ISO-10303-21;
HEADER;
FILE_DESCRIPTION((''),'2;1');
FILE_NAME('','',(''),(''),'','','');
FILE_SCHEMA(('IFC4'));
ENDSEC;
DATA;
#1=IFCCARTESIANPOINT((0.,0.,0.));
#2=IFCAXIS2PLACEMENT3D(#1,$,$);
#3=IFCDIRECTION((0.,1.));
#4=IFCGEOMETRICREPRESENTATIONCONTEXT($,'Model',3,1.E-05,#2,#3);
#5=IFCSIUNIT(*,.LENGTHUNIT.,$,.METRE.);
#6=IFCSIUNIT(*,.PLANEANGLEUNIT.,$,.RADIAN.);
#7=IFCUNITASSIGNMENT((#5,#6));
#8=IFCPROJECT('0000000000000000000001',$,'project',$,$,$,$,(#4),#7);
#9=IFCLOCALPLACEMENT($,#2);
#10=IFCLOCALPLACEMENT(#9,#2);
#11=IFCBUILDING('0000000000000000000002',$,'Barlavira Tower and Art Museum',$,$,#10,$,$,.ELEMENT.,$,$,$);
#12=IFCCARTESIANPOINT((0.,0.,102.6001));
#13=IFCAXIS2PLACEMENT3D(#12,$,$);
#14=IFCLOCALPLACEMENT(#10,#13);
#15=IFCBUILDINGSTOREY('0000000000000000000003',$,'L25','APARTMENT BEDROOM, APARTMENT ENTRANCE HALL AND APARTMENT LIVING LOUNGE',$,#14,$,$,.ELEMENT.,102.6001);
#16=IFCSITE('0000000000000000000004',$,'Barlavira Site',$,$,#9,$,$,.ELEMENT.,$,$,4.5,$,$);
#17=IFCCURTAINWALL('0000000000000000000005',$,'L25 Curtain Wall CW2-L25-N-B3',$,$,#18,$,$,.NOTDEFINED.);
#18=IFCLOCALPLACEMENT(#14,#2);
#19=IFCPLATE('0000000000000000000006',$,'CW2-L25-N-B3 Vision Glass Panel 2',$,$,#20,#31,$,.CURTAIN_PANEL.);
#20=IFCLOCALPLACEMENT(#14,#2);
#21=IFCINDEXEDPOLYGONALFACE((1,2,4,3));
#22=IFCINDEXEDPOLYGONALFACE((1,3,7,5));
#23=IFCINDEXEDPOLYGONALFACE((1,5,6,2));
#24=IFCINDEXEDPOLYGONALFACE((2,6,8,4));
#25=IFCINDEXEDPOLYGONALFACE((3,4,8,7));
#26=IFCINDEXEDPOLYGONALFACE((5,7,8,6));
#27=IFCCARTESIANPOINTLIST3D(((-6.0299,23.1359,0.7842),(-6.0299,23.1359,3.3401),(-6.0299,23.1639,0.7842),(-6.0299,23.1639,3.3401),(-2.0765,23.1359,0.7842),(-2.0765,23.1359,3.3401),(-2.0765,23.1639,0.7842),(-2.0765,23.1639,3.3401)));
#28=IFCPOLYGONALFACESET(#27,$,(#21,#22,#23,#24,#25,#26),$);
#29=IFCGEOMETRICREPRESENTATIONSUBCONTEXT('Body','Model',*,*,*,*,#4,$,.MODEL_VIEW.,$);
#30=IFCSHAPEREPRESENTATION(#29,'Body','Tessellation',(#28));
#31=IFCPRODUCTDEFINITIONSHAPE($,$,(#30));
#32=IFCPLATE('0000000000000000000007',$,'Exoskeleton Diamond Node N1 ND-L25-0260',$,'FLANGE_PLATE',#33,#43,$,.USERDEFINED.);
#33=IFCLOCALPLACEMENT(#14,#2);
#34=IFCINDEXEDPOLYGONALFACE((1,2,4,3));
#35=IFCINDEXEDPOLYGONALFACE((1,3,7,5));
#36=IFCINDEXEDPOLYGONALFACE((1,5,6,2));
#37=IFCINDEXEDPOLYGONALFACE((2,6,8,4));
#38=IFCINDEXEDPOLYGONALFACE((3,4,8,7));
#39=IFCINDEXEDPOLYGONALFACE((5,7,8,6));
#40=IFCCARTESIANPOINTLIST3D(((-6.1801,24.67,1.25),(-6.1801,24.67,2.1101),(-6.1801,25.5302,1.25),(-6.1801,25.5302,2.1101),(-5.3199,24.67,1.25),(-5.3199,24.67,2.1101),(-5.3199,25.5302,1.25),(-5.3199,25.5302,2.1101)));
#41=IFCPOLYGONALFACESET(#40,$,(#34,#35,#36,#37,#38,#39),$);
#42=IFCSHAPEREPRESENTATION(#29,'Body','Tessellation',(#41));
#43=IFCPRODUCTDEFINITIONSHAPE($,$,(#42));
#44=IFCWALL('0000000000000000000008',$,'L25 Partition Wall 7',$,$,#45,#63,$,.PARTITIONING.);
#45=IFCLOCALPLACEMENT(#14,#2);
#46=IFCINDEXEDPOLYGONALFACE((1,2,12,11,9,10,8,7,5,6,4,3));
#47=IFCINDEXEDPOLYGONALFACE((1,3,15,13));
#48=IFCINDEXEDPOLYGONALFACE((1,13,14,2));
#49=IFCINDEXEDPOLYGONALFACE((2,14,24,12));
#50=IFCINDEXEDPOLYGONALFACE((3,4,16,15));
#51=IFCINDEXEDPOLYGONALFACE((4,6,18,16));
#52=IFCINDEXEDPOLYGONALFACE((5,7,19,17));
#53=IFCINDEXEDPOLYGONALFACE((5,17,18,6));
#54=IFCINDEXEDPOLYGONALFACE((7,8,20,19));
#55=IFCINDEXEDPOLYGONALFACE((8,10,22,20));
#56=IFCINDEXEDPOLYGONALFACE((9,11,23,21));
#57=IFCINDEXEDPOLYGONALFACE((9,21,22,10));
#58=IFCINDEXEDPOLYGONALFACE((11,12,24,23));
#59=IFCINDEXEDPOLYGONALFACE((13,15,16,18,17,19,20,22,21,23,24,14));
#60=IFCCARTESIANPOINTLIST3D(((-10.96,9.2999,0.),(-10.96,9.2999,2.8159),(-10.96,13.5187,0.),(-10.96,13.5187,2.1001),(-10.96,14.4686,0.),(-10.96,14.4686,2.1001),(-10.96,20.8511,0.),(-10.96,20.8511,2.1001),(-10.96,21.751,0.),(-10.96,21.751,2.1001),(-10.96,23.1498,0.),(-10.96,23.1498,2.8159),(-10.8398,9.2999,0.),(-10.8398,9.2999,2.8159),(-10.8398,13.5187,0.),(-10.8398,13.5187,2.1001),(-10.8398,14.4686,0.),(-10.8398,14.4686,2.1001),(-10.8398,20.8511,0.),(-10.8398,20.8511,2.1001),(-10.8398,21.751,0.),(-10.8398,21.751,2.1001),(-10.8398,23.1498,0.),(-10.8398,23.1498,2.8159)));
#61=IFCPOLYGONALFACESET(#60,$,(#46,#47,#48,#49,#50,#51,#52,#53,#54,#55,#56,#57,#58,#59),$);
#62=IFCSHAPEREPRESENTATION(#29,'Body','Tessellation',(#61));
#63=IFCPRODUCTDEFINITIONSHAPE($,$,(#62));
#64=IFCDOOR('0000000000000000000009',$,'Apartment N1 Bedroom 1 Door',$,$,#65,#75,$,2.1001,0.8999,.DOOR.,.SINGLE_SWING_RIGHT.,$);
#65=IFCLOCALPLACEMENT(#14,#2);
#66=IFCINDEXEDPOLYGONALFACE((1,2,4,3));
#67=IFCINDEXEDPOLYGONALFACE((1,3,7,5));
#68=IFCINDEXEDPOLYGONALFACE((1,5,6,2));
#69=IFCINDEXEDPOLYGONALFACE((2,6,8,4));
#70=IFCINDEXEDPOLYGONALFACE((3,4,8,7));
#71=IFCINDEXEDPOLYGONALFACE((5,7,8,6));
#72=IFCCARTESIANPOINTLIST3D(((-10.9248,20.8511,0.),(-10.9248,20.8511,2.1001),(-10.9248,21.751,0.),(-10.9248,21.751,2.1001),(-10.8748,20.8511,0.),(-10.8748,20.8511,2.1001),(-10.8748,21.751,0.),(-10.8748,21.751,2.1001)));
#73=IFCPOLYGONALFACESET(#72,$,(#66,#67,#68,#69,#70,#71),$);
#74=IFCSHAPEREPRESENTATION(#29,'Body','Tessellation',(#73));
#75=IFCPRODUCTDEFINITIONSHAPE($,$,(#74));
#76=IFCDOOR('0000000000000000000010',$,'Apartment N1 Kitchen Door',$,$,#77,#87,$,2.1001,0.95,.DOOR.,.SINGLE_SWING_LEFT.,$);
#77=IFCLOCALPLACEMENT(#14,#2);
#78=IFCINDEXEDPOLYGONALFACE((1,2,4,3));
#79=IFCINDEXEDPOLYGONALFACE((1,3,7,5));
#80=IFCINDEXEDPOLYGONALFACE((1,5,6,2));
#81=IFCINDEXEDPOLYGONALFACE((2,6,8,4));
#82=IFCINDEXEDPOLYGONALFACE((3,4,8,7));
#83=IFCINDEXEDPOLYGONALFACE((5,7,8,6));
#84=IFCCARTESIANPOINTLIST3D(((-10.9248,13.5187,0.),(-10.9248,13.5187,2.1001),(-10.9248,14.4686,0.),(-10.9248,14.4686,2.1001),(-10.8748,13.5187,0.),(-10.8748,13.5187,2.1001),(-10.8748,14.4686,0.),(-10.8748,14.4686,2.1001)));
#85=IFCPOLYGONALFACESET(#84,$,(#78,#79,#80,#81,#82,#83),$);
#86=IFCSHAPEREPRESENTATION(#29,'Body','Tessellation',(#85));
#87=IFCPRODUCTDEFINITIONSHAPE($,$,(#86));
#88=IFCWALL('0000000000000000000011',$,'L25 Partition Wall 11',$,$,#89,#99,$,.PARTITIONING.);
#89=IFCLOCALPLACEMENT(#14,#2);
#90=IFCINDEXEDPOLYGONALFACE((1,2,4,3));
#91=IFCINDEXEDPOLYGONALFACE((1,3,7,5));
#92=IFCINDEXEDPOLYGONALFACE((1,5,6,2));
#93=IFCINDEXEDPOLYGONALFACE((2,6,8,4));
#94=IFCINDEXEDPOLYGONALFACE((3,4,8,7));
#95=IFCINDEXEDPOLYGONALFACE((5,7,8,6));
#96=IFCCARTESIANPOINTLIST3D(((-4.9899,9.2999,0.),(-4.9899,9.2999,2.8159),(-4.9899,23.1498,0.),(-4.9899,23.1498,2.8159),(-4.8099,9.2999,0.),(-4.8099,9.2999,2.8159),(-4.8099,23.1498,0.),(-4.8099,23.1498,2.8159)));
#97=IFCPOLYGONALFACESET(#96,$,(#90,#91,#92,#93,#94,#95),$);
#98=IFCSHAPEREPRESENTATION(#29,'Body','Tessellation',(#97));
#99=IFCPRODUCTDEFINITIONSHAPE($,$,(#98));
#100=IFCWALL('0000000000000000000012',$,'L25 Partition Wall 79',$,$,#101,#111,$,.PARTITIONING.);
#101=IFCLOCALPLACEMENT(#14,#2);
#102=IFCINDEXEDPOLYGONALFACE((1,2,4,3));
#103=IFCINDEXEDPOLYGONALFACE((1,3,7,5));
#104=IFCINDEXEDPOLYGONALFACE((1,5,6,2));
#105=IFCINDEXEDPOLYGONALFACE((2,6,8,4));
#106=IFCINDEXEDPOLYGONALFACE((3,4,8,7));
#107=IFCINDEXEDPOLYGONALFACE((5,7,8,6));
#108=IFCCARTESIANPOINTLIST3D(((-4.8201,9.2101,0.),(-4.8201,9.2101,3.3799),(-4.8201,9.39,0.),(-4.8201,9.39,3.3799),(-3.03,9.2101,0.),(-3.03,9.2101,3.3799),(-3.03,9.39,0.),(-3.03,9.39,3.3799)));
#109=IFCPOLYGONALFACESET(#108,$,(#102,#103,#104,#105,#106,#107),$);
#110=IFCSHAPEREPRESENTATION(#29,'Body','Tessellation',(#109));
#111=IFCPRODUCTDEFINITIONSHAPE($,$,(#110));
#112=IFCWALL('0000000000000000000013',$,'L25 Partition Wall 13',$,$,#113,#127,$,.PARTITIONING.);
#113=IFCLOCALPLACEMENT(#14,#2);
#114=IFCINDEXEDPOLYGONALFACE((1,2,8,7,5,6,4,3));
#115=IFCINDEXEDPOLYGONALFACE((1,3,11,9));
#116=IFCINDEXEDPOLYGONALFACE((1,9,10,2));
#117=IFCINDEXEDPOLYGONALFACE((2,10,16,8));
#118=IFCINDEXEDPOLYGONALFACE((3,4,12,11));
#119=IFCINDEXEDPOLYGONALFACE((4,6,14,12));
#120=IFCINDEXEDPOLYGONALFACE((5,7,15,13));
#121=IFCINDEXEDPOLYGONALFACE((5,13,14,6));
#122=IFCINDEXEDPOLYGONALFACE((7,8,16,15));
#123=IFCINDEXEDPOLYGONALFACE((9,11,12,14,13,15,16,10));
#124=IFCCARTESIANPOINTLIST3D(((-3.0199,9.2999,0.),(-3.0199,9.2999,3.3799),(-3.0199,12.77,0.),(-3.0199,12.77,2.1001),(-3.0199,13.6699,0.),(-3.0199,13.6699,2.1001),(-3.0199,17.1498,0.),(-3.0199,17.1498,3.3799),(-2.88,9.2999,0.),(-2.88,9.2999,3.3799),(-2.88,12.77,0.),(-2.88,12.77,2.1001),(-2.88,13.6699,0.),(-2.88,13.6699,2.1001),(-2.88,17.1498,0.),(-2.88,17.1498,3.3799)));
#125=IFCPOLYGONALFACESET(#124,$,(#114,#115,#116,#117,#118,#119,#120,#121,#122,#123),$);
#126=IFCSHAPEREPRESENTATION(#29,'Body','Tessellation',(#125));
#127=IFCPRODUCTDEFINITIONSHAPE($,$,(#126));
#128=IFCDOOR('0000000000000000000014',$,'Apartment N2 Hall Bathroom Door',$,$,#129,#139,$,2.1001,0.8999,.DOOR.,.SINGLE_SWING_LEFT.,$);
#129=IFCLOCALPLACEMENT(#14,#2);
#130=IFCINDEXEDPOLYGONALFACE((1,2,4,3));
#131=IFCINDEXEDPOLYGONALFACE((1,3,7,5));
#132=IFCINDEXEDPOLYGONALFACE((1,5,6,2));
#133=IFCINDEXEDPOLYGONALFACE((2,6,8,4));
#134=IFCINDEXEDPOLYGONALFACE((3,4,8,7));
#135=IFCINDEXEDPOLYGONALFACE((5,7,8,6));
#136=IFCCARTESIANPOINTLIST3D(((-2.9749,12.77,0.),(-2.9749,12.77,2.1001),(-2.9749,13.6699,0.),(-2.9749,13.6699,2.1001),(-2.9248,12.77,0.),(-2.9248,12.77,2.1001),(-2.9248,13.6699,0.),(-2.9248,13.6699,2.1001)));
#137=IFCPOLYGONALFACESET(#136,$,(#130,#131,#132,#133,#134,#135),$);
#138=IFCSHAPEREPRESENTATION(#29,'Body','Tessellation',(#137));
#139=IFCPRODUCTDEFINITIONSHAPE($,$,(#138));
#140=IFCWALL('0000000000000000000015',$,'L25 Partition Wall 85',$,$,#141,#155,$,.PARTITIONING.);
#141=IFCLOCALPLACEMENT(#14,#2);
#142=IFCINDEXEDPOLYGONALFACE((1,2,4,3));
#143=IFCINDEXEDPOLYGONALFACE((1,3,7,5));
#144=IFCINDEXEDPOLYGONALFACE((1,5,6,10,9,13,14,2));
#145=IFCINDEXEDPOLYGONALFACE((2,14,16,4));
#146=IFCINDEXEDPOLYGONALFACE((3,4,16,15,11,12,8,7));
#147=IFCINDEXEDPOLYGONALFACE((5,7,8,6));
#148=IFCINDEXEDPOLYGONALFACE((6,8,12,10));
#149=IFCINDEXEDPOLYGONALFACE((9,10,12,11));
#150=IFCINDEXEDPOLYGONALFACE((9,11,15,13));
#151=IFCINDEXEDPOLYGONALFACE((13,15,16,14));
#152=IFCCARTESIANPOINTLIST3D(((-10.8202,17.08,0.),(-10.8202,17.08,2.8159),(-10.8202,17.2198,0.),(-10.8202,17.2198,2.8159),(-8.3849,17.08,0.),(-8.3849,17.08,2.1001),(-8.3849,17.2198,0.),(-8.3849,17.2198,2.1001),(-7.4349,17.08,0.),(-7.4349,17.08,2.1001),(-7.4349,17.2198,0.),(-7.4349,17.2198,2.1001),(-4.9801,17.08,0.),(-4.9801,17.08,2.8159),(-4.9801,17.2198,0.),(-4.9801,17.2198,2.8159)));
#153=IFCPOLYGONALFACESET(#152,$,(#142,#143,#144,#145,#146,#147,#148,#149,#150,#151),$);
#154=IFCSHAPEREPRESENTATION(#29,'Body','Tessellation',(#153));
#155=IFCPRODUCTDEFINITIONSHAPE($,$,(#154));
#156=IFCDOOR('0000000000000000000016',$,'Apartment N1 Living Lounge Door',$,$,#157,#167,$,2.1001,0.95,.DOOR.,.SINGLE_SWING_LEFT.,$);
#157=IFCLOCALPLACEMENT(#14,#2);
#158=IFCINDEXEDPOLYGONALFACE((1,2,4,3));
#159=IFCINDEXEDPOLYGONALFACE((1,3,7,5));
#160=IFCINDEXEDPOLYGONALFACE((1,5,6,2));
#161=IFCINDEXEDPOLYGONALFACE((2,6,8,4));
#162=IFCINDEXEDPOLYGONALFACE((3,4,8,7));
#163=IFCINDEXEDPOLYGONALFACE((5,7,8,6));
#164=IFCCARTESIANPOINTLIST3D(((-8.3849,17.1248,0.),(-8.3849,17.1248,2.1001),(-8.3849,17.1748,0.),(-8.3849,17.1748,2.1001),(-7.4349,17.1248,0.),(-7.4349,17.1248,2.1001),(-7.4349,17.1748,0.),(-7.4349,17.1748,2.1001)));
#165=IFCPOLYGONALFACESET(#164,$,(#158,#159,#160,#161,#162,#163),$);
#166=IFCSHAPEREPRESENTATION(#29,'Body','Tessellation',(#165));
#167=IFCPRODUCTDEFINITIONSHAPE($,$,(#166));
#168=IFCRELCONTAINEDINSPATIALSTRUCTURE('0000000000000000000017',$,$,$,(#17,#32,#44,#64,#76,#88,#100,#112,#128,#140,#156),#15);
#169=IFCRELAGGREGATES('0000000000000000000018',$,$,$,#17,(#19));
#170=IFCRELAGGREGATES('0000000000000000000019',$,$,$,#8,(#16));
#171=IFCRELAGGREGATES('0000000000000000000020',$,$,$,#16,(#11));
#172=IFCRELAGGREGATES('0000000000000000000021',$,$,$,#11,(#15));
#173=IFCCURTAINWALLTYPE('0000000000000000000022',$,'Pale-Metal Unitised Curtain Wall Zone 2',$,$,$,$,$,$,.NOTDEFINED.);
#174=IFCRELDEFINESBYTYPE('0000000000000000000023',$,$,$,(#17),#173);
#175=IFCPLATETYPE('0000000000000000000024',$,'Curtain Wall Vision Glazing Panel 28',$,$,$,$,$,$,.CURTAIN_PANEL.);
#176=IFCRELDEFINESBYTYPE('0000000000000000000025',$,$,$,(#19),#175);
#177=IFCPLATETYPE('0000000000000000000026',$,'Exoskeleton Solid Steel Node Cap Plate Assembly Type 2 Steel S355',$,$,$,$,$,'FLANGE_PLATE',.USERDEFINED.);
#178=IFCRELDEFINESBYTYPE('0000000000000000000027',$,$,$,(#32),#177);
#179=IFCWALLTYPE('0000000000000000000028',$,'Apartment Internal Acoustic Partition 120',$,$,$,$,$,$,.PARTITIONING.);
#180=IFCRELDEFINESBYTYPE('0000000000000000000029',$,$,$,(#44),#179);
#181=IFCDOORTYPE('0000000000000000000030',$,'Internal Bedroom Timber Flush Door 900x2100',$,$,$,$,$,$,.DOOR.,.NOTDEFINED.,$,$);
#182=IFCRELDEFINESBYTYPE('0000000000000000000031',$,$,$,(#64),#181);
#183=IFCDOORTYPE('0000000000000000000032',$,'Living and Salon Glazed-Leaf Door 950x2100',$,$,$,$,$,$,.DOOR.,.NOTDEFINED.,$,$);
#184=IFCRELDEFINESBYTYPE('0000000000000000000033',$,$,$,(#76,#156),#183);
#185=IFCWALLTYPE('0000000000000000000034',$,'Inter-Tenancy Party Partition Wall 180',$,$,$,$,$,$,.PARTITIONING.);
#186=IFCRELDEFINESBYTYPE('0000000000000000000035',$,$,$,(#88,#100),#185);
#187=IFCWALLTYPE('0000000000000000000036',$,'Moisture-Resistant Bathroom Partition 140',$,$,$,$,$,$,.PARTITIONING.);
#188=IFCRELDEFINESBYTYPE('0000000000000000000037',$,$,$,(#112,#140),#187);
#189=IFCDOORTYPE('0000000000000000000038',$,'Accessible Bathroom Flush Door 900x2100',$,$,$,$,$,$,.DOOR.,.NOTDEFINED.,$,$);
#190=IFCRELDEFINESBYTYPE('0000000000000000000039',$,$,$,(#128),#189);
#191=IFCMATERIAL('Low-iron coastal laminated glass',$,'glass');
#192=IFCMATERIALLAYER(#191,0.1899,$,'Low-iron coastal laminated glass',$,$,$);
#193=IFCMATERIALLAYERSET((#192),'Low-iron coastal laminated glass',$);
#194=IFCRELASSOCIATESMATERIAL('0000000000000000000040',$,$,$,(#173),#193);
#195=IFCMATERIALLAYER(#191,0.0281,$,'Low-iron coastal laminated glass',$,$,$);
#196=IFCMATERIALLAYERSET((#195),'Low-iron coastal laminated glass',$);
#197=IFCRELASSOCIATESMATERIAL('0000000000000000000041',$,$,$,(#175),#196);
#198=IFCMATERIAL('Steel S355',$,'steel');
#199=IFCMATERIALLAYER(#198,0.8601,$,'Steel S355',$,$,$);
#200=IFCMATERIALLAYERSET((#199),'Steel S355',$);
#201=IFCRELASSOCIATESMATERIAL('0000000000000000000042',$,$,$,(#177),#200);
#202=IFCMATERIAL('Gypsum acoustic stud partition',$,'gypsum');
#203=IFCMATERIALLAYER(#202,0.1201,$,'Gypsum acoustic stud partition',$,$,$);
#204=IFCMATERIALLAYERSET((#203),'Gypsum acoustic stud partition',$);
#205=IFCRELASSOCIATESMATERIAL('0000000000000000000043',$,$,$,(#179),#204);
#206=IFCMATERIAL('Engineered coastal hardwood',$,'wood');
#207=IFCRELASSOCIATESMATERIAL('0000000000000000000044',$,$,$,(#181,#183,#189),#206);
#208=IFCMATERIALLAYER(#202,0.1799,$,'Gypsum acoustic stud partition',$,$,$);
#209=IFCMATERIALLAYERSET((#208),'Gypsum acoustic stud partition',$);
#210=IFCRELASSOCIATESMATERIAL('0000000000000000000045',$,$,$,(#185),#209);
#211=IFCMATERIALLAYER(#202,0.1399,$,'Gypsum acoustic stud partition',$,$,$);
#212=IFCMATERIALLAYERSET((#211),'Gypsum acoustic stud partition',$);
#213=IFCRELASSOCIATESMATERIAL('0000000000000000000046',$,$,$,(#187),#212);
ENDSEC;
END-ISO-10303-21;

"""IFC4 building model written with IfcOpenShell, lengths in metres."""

from ifc_helpers import new_model, si_unit, direction, frame, frame_2d, origin, origin_2d, place, context, subcontext, project, spatial, rectangle, extrude, material, layer, layer_set, type_object, element, fill, aggregate, save


model = new_model("IFC4")

# Units and contexts
model_context = context("Model", 3, precision=1e-05, world=origin(), true_north=direction((0.0, 1.0)))
body_context = subcontext(model_context, "Body", "Model", "MODEL_VIEW")
ifc_project = project(units=[si_unit("LENGTHUNIT", "METRE"), si_unit("PLANEANGLEUNIT", "RADIAN")], contexts=[model_context])

# Site, building, storey
site_placement = place(None, origin())
site = spatial("IfcSite", under=ifc_project, at=site_placement, Name="Barlavira Site", CompositionType="ELEMENT", RefElevation=4.5)
building_placement = place(site_placement, origin())
building = spatial("IfcBuilding", under=site, at=building_placement, Name="Barlavira Tower and Art Museum", CompositionType="ELEMENT")
storey_placement = place(building_placement, frame((0.0, 0.0, 102.6001)))
storey = spatial("IfcBuildingStorey", under=building, at=storey_placement, Name="L25", Description="APARTMENT BEDROOM, APARTMENT ENTRANCE HALL AND APARTMENT LIVING LOUNGE", CompositionType="ELEMENT", Elevation=102.6001)

# Curtain wall
ifc_material_1 = material(Name="Low-iron coastal laminated glass", Category="glass")
ifc_layer_1 = layer(ifc_material_1, 0.1899, Name="Low-iron coastal laminated glass")
ifc_layer_set_1 = layer_set([ifc_layer_1], Name="Low-iron coastal laminated glass")
curtain_wall_type = type_object("IfcCurtainWallType", Name="Pale-Metal Unitised Curtain Wall Zone 2", PredefinedType="NOTDEFINED", material=ifc_layer_set_1)
curtain_wall_placement = place(storey_placement, origin())
curtain_wall = element("IfcCurtainWall", 1, at=curtain_wall_placement, inside=storey, type_object=curtain_wall_type, Name="L25 Curtain Wall CW2-L25-N-B3", PredefinedType="NOTDEFINED")

# Shared definitions
ifc_material_2 = material(Name="Steel S355", Category="steel")

# Plates
ifc_layer_2 = layer(ifc_material_1, 0.0281, Name="Low-iron coastal laminated glass")
ifc_layer_set_2 = layer_set([ifc_layer_2], Name="Low-iron coastal laminated glass")
plate_type_1 = type_object("IfcPlateType", Name="Curtain Wall Vision Glazing Panel 28", PredefinedType="CURTAIN_PANEL", material=ifc_layer_set_2)
plate_1_placement = place(storey_placement, frame((-4.0532, 23.1499, 0.7842), z_axis=(0.0, 0.0, 1.0), x_axis=(-1.0, 0.0, 0.0)))
plate_1 = element("IfcPlate", 2, at=plate_1_placement, type_object=plate_type_1, Name="CW2-L25-N-B3 Vision Glass Panel 2", PredefinedType="CURTAIN_PANEL", context=body_context, shape_type="SweptSolid", body=[
    extrude(rectangle(XDim=3.9534, YDim=0.0281, at=origin_2d()), origin(), (0.0, 0.0, 1.0), 2.5559),
])
aggregate(curtain_wall, [plate_1])
ifc_layer_3 = layer(ifc_material_2, 0.8601, Name="Steel S355")
ifc_layer_set_3 = layer_set([ifc_layer_3], Name="Steel S355")
plate_type_2 = type_object("IfcPlateType", Name="Exoskeleton Solid Steel Node Cap Plate Assembly Type 2 Steel S355", ElementType="FLANGE_PLATE", PredefinedType="USERDEFINED", material=ifc_layer_set_3)
plate_2_placement = place(storey_placement, frame((-5.75, 25.1001, 1.25), z_axis=(0.0, 0.0, 1.0), x_axis=(1.0, 0.0, 0.0)))
element("IfcPlate", 3, at=plate_2_placement, inside=storey, type_object=plate_type_2, Name="Exoskeleton Diamond Node N1 ND-L25-0260", ObjectType="FLANGE_PLATE", PredefinedType="USERDEFINED", context=body_context, shape_type="SweptSolid", body=[
    extrude(rectangle(XDim=0.8601, YDim=0.8601, at=origin_2d()), origin(), (0.0, 0.0, 1.0), 0.8601),
])

# Wall, openings, doors
ifc_material_3 = material(Name="Gypsum acoustic stud partition", Category="gypsum")
ifc_layer_4 = layer(ifc_material_3, 0.1201, Name="Gypsum acoustic stud partition")
ifc_layer_set_4 = layer_set([ifc_layer_4], Name="Gypsum acoustic stud partition")
wall_type_1 = type_object("IfcWallType", Name="Apartment Internal Acoustic Partition 120", PredefinedType="PARTITIONING", material=ifc_layer_set_4)
wall_1_placement = place(storey_placement, frame((-10.8999, 9.3, 0.0), z_axis=(0.0, 0.0, 1.0), x_axis=(0.0, 1.0, 0.0)))
wall_1 = element("IfcWall", 4, at=wall_1_placement, inside=storey, type_object=wall_type_1, Name="L25 Partition Wall 7", PredefinedType="PARTITIONING", context=body_context, shape_type="SweptSolid", body=[
    extrude(rectangle(XDim=13.8499, YDim=0.1201, at=frame_2d((6.9248, 0.0))), origin(), (0.0, 0.0, 1.0), 2.8159),
])
opening_1_placement = place(wall_1_placement, frame((4.2185, 0.0, 0.0)))
opening_1 = element("IfcOpeningElement", 5, at=opening_1_placement, cuts=wall_1, PredefinedType="OPENING", context=body_context, shape_type="SweptSolid", body=[
    extrude(rectangle(XDim=0.95, YDim=2.1001, at=frame_2d((0.4751, 1.05))), frame((0.0, 0.0701, 0.0), z_axis=(0.0, -1.0, 0.0), x_axis=(1.0, 0.0, 0.0)), (0.0, 0.0, 1.0), 0.1401),
])
opening_2_placement = place(wall_1_placement, frame((11.551, 0.0, 0.0)))
opening_2 = element("IfcOpeningElement", 6, at=opening_2_placement, cuts=wall_1, PredefinedType="OPENING", context=body_context, shape_type="SweptSolid", body=[
    extrude(rectangle(XDim=0.8999, YDim=2.1001, at=frame_2d((0.45, 1.05))), frame((0.0, 0.0701, 0.0), z_axis=(0.0, -1.0, 0.0), x_axis=(1.0, 0.0, 0.0)), (0.0, 0.0, 1.0), 0.1401),
])
ifc_material_4 = material(Name="Engineered coastal hardwood", Category="wood")
door_type_1 = type_object("IfcDoorType", Name="Internal Bedroom Timber Flush Door 900x2100", OperationType="NOTDEFINED", PredefinedType="DOOR", material=ifc_material_4)
door_1_placement = place(opening_2_placement, origin())
door_1 = element("IfcDoor", 7, at=door_1_placement, inside=storey, type_object=door_type_1, Name="Apartment N1 Bedroom 1 Door", OperationType="SINGLE_SWING_RIGHT", OverallHeight=2.1001, OverallWidth=0.8999, PredefinedType="DOOR", context=body_context, shape_type="SweptSolid", body=[
    extrude(rectangle(XDim=0.8999, YDim=2.1001, at=frame_2d((0.45, 1.05))), frame((0.0, 0.0249, 0.0), z_axis=(0.0, -1.0, 0.0), x_axis=(1.0, 0.0, 0.0)), (0.0, 0.0, 1.0), 0.05),
])
fill(opening_2, door_1)
door_type_2 = type_object("IfcDoorType", Name="Living and Salon Glazed-Leaf Door 950x2100", OperationType="NOTDEFINED", PredefinedType="DOOR", material=ifc_material_4)
door_2_placement = place(opening_1_placement, origin())
door_2 = element("IfcDoor", 8, at=door_2_placement, inside=storey, type_object=door_type_2, Name="Apartment N1 Kitchen Door", OperationType="SINGLE_SWING_LEFT", OverallHeight=2.1001, OverallWidth=0.95, PredefinedType="DOOR", context=body_context, shape_type="SweptSolid", body=[
    extrude(rectangle(XDim=0.95, YDim=2.1001, at=frame_2d((0.4751, 1.05))), frame((0.0, 0.0249, 0.0), z_axis=(0.0, -1.0, 0.0), x_axis=(1.0, 0.0, 0.0)), (0.0, 0.0, 1.0), 0.05),
])
fill(opening_1, door_2)

# Wall
ifc_layer_5 = layer(ifc_material_3, 0.1799, Name="Gypsum acoustic stud partition")
ifc_layer_set_5 = layer_set([ifc_layer_5], Name="Gypsum acoustic stud partition")
wall_type_2 = type_object("IfcWallType", Name="Inter-Tenancy Party Partition Wall 180", PredefinedType="PARTITIONING", material=ifc_layer_set_5)
wall_2_placement = place(storey_placement, frame((-4.8999, 9.3, 0.0), z_axis=(0.0, 0.0, 1.0), x_axis=(0.0, 1.0, 0.0)))
element("IfcWall", 9, at=wall_2_placement, inside=storey, type_object=wall_type_2, Name="L25 Partition Wall 11", PredefinedType="PARTITIONING", context=body_context, shape_type="SweptSolid", body=[
    extrude(rectangle(XDim=13.8499, YDim=0.1799, at=frame_2d((6.9248, 0.0))), origin(), (0.0, 0.0, 1.0), 2.8159),
])

# Wall
wall_3_placement = place(storey_placement, frame((-4.8201, 9.3, 0.0), z_axis=(0.0, 0.0, 1.0), x_axis=(1.0, 0.0, 0.0)))
element("IfcWall", 10, at=wall_3_placement, inside=storey, type_object=wall_type_2, Name="L25 Partition Wall 79", PredefinedType="PARTITIONING", context=body_context, shape_type="SweptSolid", body=[
    extrude(rectangle(XDim=1.79, YDim=0.1799, at=frame_2d((0.895, 0.0))), origin(), (0.0, 0.0, 1.0), 3.3799),
])

# Walls, openings, doors
ifc_layer_6 = layer(ifc_material_3, 0.1399, Name="Gypsum acoustic stud partition")
ifc_layer_set_6 = layer_set([ifc_layer_6], Name="Gypsum acoustic stud partition")
wall_type_3 = type_object("IfcWallType", Name="Moisture-Resistant Bathroom Partition 140", PredefinedType="PARTITIONING", material=ifc_layer_set_6)
wall_4_placement = place(storey_placement, frame((-2.95, 9.3, 0.0), z_axis=(0.0, 0.0, 1.0), x_axis=(0.0, 1.0, 0.0)))
wall_4 = element("IfcWall", 11, at=wall_4_placement, inside=storey, type_object=wall_type_3, Name="L25 Partition Wall 13", PredefinedType="PARTITIONING", context=body_context, shape_type="SweptSolid", body=[
    extrude(rectangle(XDim=7.8499, YDim=0.1399, at=frame_2d((3.9248, 0.0))), origin(), (0.0, 0.0, 1.0), 3.3799),
])
opening_3_placement = place(wall_4_placement, frame((3.47, 0.0, 0.0)))
opening_3 = element("IfcOpeningElement", 12, at=opening_3_placement, cuts=wall_4, PredefinedType="OPENING", context=body_context, shape_type="SweptSolid", body=[
    extrude(rectangle(XDim=0.8999, YDim=2.1001, at=frame_2d((0.45, 1.05))), frame((0.0, 0.0801, 0.0), z_axis=(0.0, -1.0, 0.0), x_axis=(1.0, 0.0, 0.0)), (0.0, 0.0, 1.0), 0.1599),
])
door_type_3 = type_object("IfcDoorType", Name="Accessible Bathroom Flush Door 900x2100", OperationType="NOTDEFINED", PredefinedType="DOOR", material=ifc_material_4)
door_3_placement = place(opening_3_placement, origin())
door_3 = element("IfcDoor", 13, at=door_3_placement, inside=storey, type_object=door_type_3, Name="Apartment N2 Hall Bathroom Door", OperationType="SINGLE_SWING_LEFT", OverallHeight=2.1001, OverallWidth=0.8999, PredefinedType="DOOR", context=body_context, shape_type="SweptSolid", body=[
    extrude(rectangle(XDim=0.8999, YDim=2.1001, at=frame_2d((0.45, 1.05))), frame((0.0, 0.0249, 0.0), z_axis=(0.0, -1.0, 0.0), x_axis=(1.0, 0.0, 0.0)), (0.0, 0.0, 1.0), 0.05),
])
fill(opening_3, door_3)
wall_5_placement = place(storey_placement, frame((-10.8201, 17.1499, 0.0), z_axis=(0.0, 0.0, 1.0), x_axis=(1.0, 0.0, 0.0)))
wall_5 = element("IfcWall", 14, at=wall_5_placement, inside=storey, type_object=wall_type_3, Name="L25 Partition Wall 85", PredefinedType="PARTITIONING", context=body_context, shape_type="SweptSolid", body=[
    extrude(rectangle(XDim=5.8401, YDim=0.1399, at=frame_2d((2.9199, 0.0))), origin(), (0.0, 0.0, 1.0), 2.8159),
])
opening_4_placement = place(wall_5_placement, frame((2.4351, 0.0, 0.0)))
opening_4 = element("IfcOpeningElement", 15, at=opening_4_placement, cuts=wall_5, PredefinedType="OPENING", context=body_context, shape_type="SweptSolid", body=[
    extrude(rectangle(XDim=0.95, YDim=2.1001, at=frame_2d((0.4751, 1.05))), frame((0.0, 0.0801, 0.0), z_axis=(0.0, -1.0, 0.0), x_axis=(1.0, 0.0, 0.0)), (0.0, 0.0, 1.0), 0.1599),
])
door_4_placement = place(opening_4_placement, origin())
door_4 = element("IfcDoor", 16, at=door_4_placement, inside=storey, type_object=door_type_2, Name="Apartment N1 Living Lounge Door", OperationType="SINGLE_SWING_LEFT", OverallHeight=2.1001, OverallWidth=0.95, PredefinedType="DOOR", context=body_context, shape_type="SweptSolid", body=[
    extrude(rectangle(XDim=0.95, YDim=2.1001, at=frame_2d((0.4751, 1.05))), frame((0.0, 0.0249, 0.0), z_axis=(0.0, -1.0, 0.0), x_axis=(1.0, 0.0, 0.0)), (0.0, 0.0, 1.0), 0.05),
])
fill(opening_4, door_4)

save(model, "model.ifc")
